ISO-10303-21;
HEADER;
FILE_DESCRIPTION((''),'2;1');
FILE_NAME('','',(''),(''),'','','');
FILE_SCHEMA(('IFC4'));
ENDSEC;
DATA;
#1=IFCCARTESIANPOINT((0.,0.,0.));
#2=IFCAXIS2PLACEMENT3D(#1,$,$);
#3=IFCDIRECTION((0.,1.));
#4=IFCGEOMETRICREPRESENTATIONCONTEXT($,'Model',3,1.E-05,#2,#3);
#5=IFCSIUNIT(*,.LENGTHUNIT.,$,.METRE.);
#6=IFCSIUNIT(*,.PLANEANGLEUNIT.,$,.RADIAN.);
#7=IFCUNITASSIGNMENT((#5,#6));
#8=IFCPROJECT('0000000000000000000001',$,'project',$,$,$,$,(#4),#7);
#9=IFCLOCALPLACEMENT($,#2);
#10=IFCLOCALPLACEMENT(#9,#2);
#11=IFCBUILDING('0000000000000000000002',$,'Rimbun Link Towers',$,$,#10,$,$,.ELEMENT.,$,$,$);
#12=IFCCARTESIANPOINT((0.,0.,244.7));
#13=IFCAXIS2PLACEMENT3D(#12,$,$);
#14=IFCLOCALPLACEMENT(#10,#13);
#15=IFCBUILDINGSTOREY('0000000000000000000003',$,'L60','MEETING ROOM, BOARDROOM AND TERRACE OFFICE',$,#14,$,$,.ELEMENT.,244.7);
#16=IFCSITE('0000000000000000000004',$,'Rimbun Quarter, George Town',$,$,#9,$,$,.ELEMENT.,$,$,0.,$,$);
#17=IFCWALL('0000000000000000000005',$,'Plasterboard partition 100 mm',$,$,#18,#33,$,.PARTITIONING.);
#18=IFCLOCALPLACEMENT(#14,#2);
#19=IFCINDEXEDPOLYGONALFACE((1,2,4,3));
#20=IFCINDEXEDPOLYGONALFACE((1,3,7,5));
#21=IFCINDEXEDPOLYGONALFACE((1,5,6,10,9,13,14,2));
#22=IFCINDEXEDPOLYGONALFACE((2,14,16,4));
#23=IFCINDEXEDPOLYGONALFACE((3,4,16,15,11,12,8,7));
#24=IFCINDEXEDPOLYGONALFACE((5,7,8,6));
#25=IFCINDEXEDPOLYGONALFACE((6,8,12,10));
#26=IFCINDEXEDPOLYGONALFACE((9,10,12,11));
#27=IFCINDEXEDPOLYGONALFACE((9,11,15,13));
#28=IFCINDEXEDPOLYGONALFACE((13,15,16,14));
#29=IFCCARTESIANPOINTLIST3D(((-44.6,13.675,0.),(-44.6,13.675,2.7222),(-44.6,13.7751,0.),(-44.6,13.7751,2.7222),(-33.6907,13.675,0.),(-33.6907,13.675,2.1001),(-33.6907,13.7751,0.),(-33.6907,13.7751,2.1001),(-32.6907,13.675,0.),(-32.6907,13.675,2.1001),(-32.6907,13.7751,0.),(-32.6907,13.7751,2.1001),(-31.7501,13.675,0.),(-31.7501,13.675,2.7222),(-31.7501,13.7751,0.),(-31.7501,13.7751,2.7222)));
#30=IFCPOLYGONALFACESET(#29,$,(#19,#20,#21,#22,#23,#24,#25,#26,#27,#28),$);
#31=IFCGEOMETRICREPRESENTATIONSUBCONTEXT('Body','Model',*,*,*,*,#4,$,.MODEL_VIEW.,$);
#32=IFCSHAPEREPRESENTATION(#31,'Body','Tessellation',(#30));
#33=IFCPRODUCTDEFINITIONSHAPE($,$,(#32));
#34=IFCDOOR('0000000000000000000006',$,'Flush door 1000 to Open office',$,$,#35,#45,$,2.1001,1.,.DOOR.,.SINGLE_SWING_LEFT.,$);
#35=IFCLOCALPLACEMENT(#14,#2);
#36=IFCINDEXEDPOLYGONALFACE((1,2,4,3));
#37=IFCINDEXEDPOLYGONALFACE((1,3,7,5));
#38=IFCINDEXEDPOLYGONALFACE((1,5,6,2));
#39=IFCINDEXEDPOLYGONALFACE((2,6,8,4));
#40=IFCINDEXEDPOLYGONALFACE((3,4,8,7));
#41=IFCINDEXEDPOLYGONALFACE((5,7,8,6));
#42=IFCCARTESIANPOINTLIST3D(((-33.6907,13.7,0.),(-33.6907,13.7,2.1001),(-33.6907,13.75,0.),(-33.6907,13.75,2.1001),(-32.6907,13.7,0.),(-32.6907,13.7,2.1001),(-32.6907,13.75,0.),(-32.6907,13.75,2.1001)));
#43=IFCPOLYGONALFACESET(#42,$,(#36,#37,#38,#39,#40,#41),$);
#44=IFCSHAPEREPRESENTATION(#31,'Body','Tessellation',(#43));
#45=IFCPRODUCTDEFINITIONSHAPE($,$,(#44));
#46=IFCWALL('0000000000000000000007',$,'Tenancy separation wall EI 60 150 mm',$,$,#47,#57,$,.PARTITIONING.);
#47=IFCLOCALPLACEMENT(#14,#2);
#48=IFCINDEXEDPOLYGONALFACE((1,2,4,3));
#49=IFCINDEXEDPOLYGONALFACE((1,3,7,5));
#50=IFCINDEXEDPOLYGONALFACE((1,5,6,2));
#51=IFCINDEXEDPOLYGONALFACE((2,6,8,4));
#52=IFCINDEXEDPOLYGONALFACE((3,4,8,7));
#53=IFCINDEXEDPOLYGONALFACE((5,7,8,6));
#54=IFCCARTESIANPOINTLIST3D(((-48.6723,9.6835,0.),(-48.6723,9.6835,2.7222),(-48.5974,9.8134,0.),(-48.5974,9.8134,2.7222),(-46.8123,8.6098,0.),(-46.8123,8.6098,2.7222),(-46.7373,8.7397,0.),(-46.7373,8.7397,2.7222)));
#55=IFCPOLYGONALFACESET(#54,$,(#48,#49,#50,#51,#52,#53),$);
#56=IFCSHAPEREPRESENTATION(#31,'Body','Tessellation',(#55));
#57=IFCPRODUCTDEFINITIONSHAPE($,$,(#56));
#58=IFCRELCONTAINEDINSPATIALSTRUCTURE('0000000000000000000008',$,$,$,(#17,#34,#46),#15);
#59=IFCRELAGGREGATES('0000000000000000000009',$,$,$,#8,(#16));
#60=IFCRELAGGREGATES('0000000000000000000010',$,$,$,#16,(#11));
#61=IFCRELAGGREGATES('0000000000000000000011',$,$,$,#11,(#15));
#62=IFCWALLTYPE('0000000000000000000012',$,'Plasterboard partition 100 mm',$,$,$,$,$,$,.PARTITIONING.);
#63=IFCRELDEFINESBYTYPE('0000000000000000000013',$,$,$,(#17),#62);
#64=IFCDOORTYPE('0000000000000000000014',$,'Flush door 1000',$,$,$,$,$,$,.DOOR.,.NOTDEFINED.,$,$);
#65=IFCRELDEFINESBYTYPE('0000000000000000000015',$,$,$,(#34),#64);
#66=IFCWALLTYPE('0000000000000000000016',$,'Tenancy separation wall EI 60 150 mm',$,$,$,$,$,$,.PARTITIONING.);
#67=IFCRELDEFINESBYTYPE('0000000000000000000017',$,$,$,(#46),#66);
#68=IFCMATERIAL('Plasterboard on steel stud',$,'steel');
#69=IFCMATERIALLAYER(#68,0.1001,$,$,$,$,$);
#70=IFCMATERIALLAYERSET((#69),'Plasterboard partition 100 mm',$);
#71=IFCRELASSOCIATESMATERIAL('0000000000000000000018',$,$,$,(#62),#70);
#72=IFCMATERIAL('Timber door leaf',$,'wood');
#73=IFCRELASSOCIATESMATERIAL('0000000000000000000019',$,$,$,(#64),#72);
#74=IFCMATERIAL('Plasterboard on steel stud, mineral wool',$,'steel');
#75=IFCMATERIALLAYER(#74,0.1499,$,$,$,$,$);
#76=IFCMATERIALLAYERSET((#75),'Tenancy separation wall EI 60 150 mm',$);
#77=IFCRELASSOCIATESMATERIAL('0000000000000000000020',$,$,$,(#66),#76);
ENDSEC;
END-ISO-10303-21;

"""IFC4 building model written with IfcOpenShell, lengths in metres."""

from ifc_helpers import new_model, si_unit, direction, frame, frame_2d, origin, place, context, subcontext, project, spatial, rectangle, extrude, material, layer, layer_set, type_object, element, fill, save


model = new_model("IFC4")

# Units and contexts
model_context = context("Model", 3, precision=1e-05, world=origin(), true_north=direction((0.0, 1.0)))
body_context = subcontext(model_context, "Body", "Model", "MODEL_VIEW")
ifc_project = project(units=[si_unit("LENGTHUNIT", "METRE"), si_unit("PLANEANGLEUNIT", "RADIAN")], contexts=[model_context])

# Site, building, storey
site_placement = place(None, origin())
site = spatial("IfcSite", under=ifc_project, at=site_placement, Name="Rimbun Quarter, George Town", CompositionType="ELEMENT", RefElevation=0.0)
building_placement = place(site_placement, origin())
building = spatial("IfcBuilding", under=site, at=building_placement, Name="Rimbun Link Towers", CompositionType="ELEMENT")
storey_placement = place(building_placement, frame((0.0, 0.0, 244.7)))
storey = spatial("IfcBuildingStorey", under=building, at=storey_placement, Name="L60", Description="MEETING ROOM, BOARDROOM AND TERRACE OFFICE", CompositionType="ELEMENT", Elevation=244.7)

# Wall, opening, door
ifc_material_1 = material(Name="Plasterboard on steel stud", Category="steel")
ifc_layer_1 = layer(ifc_material_1, 0.1001)
ifc_layer_set_1 = layer_set([ifc_layer_1], Name="Plasterboard partition 100 mm")
wall_type_1 = type_object("IfcWallType", Name="Plasterboard partition 100 mm", PredefinedType="PARTITIONING", material=ifc_layer_set_1)
wall_1_placement = place(storey_placement, frame((-44.5999, 13.7251, 0.0), z_axis=(0.0, 0.0, 1.0), x_axis=(1.0, 0.0, 0.0)))
wall_1 = element("IfcWall", 1, at=wall_1_placement, inside=storey, type_object=wall_type_1, Name="Plasterboard partition 100 mm", PredefinedType="PARTITIONING", context=body_context, shape_type="SweptSolid", body=[
    extrude(rectangle(XDim=12.8499, YDim=0.1001, at=frame_2d((6.4248, 0.0))), origin(), (0.0, 0.0, 1.0), 2.7222),
])
opening_1_placement = place(wall_1_placement, frame((10.9092, 0.0, 0.0)))
opening_1 = element("IfcOpeningElement", 2, at=opening_1_placement, cuts=wall_1, PredefinedType="OPENING", context=body_context, shape_type="SweptSolid", body=[
    extrude(rectangle(XDim=1.0, YDim=2.1001, at=frame_2d((0.5, 1.05))), frame((0.0, 0.0601, 0.0), z_axis=(0.0, -1.0, 0.0), x_axis=(1.0, 0.0, 0.0)), (0.0, 0.0, 1.0), 0.1201),
])
ifc_material_2 = material(Name="Timber door leaf", Category="wood")
door_type_1 = type_object("IfcDoorType", Name="Flush door 1000", OperationType="NOTDEFINED", PredefinedType="DOOR", material=ifc_material_2)
door_1_placement = place(opening_1_placement, origin())
door_1 = element("IfcDoor", 3, at=door_1_placement, inside=storey, type_object=door_type_1, Name="Flush door 1000 to Open office", OperationType="SINGLE_SWING_LEFT", OverallHeight=2.1001, OverallWidth=1.0, PredefinedType="DOOR", context=body_context, shape_type="SweptSolid", body=[
    extrude(rectangle(XDim=1.0, YDim=2.1001, at=frame_2d((0.5, 1.05))), frame((0.0, 0.0249, 0.0), z_axis=(0.0, -1.0, 0.0), x_axis=(1.0, 0.0, 0.0)), (0.0, 0.0, 1.0), 0.05),
])
fill(opening_1, door_1)

# Wall
ifc_material_3 = material(Name="Plasterboard on steel stud, mineral wool", Category="steel")
ifc_layer_2 = layer(ifc_material_3, 0.1499)
ifc_layer_set_2 = layer_set([ifc_layer_2], Name="Tenancy separation wall EI 60 150 mm")
wall_type_2 = type_object("IfcWallType", Name="Tenancy separation wall EI 60 150 mm", PredefinedType="PARTITIONING", material=ifc_layer_set_2)
wall_2_placement = place(storey_placement, frame((-46.7749, 8.6748, 0.0), z_axis=(0.0, 0.0, 1.0), x_axis=(-0.866066, 0.499929, 0.0)))
element("IfcWall", 4, at=wall_2_placement, inside=storey, type_object=wall_type_2, Name="Tenancy separation wall EI 60 150 mm", PredefinedType="PARTITIONING", context=body_context, shape_type="SweptSolid", body=[
    extrude(rectangle(XDim=2.1477, YDim=0.1499, at=frame_2d((1.0737, 0.0))), origin(), (0.0, 0.0, 1.0), 2.7222),
])

save(model, "model.ifc")
